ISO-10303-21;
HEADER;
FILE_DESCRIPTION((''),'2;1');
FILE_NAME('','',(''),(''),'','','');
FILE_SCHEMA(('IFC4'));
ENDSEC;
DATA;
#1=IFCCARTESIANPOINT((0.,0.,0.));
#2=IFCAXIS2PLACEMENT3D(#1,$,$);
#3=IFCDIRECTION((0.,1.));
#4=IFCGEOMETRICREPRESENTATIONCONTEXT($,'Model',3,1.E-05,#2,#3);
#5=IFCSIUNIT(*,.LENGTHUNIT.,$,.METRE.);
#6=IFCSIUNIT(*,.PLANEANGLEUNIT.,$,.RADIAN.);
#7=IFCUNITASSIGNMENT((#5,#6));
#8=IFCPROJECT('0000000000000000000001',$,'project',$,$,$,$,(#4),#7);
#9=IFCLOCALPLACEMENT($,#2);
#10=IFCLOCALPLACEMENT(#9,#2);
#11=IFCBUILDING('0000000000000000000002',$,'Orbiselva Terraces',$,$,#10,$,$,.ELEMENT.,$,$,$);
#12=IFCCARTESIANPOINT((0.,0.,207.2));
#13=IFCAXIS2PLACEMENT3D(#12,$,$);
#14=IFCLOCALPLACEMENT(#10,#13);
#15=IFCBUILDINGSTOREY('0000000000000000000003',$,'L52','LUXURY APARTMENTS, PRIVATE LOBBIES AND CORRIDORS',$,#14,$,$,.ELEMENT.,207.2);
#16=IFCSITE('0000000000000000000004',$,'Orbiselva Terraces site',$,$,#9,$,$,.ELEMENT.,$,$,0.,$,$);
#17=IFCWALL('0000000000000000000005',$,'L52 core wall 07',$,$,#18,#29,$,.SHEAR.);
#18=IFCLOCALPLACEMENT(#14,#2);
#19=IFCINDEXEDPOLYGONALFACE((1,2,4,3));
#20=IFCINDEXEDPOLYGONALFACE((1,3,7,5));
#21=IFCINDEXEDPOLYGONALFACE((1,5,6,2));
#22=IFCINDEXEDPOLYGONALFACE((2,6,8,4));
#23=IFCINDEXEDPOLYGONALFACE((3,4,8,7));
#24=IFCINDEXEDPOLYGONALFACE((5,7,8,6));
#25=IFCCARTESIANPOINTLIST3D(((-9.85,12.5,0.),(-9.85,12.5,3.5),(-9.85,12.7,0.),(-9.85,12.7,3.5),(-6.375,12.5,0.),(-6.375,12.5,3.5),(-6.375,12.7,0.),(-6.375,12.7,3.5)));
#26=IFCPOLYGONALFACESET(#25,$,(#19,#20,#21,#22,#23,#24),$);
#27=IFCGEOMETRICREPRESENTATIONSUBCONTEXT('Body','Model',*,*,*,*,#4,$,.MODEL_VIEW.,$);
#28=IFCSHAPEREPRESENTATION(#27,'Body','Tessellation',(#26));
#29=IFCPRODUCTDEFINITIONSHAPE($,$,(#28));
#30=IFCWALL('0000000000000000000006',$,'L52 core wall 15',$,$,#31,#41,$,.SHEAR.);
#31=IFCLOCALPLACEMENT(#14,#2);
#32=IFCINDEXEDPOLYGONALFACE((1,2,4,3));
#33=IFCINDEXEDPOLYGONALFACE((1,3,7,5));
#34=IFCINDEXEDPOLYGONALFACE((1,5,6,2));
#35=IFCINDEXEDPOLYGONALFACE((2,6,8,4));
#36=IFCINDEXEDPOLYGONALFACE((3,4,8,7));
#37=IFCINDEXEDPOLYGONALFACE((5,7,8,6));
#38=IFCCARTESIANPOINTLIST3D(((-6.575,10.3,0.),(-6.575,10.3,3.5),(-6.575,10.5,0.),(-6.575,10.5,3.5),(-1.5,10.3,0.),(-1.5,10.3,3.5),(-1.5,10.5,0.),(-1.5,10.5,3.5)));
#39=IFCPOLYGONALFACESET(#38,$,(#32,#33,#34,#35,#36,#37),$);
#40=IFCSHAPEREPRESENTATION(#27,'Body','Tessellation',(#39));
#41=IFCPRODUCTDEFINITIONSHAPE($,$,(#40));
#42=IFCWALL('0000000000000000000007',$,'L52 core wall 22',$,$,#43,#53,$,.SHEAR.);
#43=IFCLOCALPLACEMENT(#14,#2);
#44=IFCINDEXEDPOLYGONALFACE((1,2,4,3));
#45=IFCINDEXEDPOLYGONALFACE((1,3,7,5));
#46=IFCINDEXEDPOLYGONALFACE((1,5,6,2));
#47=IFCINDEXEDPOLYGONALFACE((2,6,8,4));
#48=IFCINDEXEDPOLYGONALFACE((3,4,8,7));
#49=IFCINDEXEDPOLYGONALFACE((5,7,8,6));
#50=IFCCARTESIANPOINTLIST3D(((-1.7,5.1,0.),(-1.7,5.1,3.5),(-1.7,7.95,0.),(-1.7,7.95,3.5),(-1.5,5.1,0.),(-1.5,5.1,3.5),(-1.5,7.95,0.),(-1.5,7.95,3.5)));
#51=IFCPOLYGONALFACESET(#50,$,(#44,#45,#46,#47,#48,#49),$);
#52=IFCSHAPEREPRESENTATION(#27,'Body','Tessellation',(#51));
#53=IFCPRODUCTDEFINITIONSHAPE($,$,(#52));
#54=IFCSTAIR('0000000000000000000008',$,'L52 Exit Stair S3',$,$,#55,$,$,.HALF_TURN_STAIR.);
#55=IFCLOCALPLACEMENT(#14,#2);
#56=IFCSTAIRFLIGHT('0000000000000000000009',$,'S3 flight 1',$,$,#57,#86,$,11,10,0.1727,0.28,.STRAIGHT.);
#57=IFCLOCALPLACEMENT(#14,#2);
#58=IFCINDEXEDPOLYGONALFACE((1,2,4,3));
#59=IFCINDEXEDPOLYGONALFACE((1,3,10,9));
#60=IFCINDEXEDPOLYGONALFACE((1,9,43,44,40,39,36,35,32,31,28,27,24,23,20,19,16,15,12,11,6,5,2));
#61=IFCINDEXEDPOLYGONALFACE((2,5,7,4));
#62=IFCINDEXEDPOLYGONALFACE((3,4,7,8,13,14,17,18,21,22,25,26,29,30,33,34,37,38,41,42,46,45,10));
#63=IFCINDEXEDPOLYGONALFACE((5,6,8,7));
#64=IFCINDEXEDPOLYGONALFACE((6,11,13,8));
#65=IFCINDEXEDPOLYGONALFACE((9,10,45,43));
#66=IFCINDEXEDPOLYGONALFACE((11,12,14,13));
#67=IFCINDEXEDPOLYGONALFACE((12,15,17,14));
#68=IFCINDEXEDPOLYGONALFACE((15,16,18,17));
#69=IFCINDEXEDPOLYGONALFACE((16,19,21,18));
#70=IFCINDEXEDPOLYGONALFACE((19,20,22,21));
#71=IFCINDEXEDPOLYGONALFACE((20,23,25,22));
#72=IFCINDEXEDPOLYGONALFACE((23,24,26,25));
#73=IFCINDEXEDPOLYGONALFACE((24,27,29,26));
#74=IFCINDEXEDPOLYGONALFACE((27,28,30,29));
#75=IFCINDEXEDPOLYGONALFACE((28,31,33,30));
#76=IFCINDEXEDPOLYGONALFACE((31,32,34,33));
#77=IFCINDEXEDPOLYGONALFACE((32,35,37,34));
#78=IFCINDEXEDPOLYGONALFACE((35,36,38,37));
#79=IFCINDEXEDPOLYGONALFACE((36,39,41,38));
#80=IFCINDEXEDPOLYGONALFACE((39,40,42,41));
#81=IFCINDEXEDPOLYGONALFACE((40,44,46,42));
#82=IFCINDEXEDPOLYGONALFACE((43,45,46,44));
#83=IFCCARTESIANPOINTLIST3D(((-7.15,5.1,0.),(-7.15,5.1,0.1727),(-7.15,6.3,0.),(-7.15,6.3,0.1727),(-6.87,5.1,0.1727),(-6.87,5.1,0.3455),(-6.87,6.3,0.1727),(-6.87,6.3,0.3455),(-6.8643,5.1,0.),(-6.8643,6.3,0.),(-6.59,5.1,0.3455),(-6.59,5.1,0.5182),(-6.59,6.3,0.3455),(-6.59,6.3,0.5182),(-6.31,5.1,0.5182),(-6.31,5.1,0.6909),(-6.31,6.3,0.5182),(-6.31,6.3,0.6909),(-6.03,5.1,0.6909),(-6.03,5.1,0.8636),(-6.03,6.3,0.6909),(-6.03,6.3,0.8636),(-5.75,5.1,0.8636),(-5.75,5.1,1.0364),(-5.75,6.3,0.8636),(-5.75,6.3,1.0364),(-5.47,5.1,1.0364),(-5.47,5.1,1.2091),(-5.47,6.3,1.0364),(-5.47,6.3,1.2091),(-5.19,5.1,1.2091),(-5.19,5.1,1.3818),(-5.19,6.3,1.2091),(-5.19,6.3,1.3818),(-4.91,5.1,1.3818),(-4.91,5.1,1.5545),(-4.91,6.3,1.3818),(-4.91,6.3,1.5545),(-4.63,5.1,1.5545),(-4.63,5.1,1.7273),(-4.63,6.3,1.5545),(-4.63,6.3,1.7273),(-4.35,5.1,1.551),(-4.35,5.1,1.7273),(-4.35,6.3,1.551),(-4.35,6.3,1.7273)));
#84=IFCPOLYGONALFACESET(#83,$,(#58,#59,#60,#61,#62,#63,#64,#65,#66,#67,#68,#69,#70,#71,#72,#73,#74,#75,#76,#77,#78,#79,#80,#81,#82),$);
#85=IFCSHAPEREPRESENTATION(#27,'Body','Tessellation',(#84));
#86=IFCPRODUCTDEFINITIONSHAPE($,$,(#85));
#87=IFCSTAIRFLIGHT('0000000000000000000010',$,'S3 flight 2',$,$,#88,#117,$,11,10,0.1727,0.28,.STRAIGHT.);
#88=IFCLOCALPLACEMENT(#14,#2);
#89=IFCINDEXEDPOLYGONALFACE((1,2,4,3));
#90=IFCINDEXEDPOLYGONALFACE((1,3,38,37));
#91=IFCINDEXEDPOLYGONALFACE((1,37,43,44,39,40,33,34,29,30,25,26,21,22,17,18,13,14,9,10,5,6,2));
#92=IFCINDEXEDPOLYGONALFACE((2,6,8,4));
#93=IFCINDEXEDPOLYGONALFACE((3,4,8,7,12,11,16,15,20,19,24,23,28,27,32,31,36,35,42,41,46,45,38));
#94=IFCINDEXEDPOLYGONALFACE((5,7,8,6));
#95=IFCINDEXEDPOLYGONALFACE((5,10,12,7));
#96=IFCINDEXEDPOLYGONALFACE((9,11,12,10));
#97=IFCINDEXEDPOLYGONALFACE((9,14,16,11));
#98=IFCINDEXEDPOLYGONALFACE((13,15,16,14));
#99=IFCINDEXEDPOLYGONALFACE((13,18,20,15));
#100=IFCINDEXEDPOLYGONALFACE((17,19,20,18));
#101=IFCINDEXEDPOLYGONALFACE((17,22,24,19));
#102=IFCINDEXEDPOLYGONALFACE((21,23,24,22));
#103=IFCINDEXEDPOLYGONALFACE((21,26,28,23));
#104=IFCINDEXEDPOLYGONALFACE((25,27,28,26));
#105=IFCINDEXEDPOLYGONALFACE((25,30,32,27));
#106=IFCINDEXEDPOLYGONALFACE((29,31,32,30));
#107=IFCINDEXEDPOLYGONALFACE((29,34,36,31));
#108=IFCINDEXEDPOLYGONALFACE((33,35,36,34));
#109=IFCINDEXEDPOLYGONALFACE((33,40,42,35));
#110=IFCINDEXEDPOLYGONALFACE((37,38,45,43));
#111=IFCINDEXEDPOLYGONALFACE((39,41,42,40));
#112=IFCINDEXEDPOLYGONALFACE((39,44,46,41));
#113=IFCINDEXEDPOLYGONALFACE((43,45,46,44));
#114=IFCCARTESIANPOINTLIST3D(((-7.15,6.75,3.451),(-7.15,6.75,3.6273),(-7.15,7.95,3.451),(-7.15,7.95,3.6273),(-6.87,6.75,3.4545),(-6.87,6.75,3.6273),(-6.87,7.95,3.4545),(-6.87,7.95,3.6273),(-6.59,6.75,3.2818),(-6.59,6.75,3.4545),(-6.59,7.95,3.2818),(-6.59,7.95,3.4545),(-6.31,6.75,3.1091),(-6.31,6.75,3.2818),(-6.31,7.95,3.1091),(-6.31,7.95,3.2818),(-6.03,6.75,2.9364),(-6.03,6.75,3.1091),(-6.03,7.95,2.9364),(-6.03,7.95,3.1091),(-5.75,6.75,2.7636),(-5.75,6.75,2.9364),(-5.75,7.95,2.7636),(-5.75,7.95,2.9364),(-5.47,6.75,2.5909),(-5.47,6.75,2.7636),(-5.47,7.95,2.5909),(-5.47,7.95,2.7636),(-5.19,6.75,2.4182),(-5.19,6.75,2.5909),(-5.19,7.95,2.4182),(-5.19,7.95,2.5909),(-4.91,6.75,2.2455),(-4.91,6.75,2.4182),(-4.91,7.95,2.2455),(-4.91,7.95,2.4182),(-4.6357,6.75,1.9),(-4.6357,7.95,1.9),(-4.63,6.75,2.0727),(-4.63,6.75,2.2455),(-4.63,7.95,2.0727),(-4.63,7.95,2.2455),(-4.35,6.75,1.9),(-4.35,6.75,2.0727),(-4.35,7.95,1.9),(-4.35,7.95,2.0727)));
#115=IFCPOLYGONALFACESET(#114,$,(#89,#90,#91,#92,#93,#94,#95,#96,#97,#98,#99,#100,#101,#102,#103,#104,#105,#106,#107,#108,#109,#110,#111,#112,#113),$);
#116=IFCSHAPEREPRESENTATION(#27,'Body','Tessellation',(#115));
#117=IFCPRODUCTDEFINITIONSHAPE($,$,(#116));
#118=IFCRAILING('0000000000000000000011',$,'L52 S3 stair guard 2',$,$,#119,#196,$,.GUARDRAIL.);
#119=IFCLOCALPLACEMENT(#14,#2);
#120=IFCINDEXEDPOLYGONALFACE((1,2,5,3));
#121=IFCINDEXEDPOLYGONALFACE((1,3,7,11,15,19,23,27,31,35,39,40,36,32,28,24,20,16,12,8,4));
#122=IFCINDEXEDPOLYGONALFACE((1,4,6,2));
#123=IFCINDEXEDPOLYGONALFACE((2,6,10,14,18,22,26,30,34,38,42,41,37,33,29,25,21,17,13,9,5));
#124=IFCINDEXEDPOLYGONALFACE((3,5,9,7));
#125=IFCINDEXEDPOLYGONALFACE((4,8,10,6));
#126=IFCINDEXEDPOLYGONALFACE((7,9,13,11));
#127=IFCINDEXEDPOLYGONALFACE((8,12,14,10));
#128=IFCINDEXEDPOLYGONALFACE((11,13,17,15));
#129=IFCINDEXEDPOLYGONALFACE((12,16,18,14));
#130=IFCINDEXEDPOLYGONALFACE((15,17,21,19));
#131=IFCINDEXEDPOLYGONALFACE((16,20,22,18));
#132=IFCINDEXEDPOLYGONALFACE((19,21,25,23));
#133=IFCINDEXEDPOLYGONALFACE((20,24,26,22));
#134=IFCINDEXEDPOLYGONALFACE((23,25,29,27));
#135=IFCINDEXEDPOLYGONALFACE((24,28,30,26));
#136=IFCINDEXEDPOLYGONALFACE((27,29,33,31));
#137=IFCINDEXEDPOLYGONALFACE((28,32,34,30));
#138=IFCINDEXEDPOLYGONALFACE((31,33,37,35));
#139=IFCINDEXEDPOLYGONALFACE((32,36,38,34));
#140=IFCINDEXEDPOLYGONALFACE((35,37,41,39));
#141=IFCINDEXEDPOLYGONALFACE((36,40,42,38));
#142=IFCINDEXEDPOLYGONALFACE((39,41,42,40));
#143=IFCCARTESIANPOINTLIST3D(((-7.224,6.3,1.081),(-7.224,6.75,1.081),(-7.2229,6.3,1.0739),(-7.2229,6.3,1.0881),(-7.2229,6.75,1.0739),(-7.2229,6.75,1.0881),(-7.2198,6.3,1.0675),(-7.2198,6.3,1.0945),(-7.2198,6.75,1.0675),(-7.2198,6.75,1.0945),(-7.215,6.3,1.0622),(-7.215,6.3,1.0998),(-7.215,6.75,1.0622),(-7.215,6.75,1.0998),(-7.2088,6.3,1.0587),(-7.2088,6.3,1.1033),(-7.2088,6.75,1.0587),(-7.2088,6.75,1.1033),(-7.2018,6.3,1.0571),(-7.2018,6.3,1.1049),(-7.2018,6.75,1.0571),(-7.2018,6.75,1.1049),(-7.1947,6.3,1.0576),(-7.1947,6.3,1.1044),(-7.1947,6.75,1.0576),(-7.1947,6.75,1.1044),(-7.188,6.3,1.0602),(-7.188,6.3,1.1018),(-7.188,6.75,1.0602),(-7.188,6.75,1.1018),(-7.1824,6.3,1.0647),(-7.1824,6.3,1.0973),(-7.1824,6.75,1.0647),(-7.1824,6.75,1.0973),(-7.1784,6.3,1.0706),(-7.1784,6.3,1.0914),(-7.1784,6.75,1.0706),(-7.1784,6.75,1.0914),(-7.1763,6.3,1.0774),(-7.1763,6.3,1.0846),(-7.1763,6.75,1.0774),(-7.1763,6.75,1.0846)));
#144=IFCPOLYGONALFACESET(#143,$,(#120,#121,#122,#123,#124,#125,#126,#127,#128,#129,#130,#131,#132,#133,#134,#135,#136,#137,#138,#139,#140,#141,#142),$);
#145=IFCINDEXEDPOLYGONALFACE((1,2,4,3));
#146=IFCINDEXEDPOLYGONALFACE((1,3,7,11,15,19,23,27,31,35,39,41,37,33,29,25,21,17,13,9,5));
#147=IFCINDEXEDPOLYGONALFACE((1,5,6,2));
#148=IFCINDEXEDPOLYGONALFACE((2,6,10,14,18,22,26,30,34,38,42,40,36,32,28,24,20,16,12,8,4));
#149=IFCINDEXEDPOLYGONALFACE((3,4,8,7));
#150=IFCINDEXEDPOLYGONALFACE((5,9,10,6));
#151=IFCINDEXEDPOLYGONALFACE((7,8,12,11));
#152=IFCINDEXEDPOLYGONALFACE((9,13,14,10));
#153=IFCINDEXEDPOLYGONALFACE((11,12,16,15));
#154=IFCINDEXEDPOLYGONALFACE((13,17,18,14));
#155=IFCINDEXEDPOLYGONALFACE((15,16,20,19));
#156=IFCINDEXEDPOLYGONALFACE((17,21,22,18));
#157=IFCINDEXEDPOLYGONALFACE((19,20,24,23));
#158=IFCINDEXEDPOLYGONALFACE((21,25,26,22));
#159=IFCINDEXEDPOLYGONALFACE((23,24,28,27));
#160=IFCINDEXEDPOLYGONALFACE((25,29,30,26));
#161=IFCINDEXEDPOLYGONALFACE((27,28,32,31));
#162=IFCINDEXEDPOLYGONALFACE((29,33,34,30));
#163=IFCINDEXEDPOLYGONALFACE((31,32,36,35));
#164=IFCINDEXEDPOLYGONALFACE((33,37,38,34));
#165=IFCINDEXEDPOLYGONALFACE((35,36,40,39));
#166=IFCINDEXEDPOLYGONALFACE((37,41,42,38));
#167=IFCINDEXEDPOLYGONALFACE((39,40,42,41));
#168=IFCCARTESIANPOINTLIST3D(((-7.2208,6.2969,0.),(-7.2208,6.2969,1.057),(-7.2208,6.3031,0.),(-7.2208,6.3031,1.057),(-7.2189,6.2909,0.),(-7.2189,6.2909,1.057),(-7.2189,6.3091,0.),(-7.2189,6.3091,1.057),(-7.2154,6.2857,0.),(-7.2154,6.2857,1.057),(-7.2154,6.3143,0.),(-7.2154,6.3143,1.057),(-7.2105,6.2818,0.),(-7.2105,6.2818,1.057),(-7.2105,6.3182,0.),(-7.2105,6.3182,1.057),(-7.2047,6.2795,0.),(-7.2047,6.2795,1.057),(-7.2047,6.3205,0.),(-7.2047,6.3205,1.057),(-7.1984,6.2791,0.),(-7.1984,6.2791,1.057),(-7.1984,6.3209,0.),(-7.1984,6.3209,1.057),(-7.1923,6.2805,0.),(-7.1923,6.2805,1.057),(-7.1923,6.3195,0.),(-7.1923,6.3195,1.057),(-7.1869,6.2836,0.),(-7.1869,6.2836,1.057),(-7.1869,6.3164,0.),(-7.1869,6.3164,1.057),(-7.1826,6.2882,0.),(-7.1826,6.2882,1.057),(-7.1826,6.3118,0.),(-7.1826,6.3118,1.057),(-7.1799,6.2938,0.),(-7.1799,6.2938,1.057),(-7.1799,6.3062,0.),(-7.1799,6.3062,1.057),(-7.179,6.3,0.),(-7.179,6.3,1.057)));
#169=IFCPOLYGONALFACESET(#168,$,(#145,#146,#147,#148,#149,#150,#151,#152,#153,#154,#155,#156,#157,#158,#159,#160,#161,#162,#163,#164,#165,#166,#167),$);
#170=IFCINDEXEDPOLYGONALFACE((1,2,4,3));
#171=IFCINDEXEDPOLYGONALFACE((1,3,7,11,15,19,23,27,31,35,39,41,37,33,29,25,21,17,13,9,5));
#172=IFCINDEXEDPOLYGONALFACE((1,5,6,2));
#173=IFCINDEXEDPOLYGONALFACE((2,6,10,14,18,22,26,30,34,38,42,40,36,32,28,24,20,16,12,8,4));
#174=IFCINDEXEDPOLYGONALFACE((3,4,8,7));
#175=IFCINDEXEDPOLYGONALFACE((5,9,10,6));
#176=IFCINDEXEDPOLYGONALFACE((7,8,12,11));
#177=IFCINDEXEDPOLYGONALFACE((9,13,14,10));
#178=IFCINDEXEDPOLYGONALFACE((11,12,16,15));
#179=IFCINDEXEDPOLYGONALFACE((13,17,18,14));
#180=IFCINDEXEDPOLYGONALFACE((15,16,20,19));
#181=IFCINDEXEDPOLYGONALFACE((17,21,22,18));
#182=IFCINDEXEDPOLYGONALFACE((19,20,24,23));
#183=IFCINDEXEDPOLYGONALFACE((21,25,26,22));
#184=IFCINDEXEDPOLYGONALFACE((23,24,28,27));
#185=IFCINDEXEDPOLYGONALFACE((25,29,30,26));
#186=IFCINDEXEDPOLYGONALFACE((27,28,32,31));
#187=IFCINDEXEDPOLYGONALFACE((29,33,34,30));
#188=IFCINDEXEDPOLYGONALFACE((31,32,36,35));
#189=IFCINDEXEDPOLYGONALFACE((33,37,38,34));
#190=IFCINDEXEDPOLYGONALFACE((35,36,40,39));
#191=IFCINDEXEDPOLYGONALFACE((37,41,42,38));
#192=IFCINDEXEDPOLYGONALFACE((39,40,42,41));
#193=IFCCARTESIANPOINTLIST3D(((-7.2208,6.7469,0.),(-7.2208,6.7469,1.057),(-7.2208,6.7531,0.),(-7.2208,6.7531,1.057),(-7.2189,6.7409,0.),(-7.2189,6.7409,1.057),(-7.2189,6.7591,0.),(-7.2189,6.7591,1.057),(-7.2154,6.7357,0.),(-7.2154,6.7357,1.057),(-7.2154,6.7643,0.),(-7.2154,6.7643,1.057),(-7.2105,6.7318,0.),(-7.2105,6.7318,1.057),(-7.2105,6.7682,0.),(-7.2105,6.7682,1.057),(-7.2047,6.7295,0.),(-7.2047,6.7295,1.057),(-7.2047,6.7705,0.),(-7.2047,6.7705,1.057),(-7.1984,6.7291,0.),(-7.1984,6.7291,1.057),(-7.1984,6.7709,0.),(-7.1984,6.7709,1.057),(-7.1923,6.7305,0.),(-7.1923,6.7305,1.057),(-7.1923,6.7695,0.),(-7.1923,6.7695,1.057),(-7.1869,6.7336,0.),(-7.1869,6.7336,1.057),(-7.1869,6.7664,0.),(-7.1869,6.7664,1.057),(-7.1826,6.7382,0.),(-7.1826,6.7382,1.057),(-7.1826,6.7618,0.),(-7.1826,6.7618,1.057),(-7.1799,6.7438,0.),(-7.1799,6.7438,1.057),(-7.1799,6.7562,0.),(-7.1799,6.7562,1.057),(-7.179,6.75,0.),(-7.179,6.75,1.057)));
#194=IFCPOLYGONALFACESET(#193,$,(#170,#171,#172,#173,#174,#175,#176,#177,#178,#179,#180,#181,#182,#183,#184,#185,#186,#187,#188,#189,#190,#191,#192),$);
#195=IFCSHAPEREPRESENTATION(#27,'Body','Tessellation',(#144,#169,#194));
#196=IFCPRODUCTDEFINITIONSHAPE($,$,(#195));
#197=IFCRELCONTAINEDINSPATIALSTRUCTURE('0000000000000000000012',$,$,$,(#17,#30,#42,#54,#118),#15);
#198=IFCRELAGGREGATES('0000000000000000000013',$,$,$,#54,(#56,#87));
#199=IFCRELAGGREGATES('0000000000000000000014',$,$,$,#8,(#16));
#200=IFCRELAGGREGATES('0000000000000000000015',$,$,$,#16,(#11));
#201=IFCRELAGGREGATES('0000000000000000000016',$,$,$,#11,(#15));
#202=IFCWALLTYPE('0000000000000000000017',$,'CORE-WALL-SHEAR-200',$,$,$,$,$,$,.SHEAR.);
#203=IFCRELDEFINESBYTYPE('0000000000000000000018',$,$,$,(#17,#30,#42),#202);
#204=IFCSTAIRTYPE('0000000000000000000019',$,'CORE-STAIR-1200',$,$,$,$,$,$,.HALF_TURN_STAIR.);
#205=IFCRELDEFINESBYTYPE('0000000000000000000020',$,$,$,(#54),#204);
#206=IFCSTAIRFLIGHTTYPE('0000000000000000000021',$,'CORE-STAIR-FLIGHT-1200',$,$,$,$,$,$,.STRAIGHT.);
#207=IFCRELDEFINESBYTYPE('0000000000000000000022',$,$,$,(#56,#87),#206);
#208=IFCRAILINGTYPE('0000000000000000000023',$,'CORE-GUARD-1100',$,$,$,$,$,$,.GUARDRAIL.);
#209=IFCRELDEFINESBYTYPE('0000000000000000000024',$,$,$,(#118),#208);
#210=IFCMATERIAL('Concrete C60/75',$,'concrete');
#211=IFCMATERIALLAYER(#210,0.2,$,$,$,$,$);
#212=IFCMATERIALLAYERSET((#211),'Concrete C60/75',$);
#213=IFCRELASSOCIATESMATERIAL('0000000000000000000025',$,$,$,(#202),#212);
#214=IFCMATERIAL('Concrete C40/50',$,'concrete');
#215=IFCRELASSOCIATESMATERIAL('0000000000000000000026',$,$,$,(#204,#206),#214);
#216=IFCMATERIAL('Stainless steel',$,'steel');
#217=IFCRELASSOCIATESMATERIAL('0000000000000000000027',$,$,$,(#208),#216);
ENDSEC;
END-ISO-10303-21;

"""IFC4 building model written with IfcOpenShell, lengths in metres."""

from ifc_helpers import new_model, si_unit, direction, frame, frame_2d, origin, origin_2d, place, context, subcontext, project, spatial, polyline, rectangle, circle, outline, extrude, material, layer, layer_set, type_object, element, aggregate, save


model = new_model("IFC4")

# Units and contexts
model_context = context("Model", 3, precision=1e-05, world=origin(), true_north=direction((0.0, 1.0)))
body_context = subcontext(model_context, "Body", "Model", "MODEL_VIEW")
ifc_project = project(units=[si_unit("LENGTHUNIT", "METRE"), si_unit("PLANEANGLEUNIT", "RADIAN")], contexts=[model_context])

# Site, building, storey
site_placement = place(None, origin())
site = spatial("IfcSite", under=ifc_project, at=site_placement, Name="Orbiselva Terraces site", CompositionType="ELEMENT", RefElevation=0.0)
building_placement = place(site_placement, origin())
building = spatial("IfcBuilding", under=site, at=building_placement, Name="Orbiselva Terraces", CompositionType="ELEMENT")
storey_placement = place(building_placement, frame((0.0, 0.0, 207.2)))
storey = spatial("IfcBuildingStorey", under=building, at=storey_placement, Name="L52", Description="LUXURY APARTMENTS, PRIVATE LOBBIES AND CORRIDORS", CompositionType="ELEMENT", Elevation=207.2)

# Walls
ifc_material_1 = material(Name="Concrete C60/75", Category="concrete")
ifc_layer_1 = layer(ifc_material_1, 0.2)
ifc_layer_set_1 = layer_set([ifc_layer_1], Name="Concrete C60/75")
wall_type_1 = type_object("IfcWallType", Name="CORE-WALL-SHEAR-200", PredefinedType="SHEAR", material=ifc_layer_set_1)
wall_1_placement = place(storey_placement, frame((-9.85, 12.6, 0.0), z_axis=(0.0, 0.0, 1.0), x_axis=(1.0, 0.0, 0.0)))
element("IfcWall", 1, at=wall_1_placement, inside=storey, type_object=wall_type_1, Name="L52 core wall 07", PredefinedType="SHEAR", context=body_context, shape_type="SweptSolid", body=[
    extrude(rectangle(XDim=3.475, YDim=0.2, at=frame_2d((1.7375, 0.0))), origin(), (0.0, 0.0, 1.0), 3.5),
])
wall_2_placement = place(storey_placement, frame((-6.575, 10.4, 0.0), z_axis=(0.0, 0.0, 1.0), x_axis=(1.0, 0.0, 0.0)))
element("IfcWall", 2, at=wall_2_placement, inside=storey, type_object=wall_type_1, Name="L52 core wall 15", PredefinedType="SHEAR", context=body_context, shape_type="SweptSolid", body=[
    extrude(rectangle(XDim=5.075, YDim=0.2, at=frame_2d((2.5375, 0.0))), origin(), (0.0, 0.0, 1.0), 3.5),
])
wall_3_placement = place(storey_placement, frame((-1.6, 5.1, 0.0), z_axis=(0.0, 0.0, 1.0), x_axis=(0.0, 1.0, 0.0)))
element("IfcWall", 3, at=wall_3_placement, inside=storey, type_object=wall_type_1, Name="L52 core wall 22", PredefinedType="SHEAR", context=body_context, shape_type="SweptSolid", body=[
    extrude(rectangle(XDim=2.85, YDim=0.2, at=frame_2d((1.425, 0.0))), origin(), (0.0, 0.0, 1.0), 3.5),
])

# Stair, stair flights
ifc_material_2 = material(Name="Concrete C40/50", Category="concrete")
stair_type = type_object("IfcStairType", Name="CORE-STAIR-1200", PredefinedType="HALF_TURN_STAIR", material=ifc_material_2)
stair_placement = place(storey_placement, origin())
stair = element("IfcStair", 4, at=stair_placement, inside=storey, type_object=stair_type, Name="L52 Exit Stair S3", PredefinedType="HALF_TURN_STAIR")
stair_flight_type = type_object("IfcStairFlightType", Name="CORE-STAIR-FLIGHT-1200", PredefinedType="STRAIGHT", material=ifc_material_2)
stair_flight_1_placement = place(storey_placement, frame((-7.15, 5.7, 0.0), z_axis=(0.0, 0.0, 1.0), x_axis=(1.0, 0.0, 0.0)))
stair_flight_1 = element("IfcStairFlight", 5, at=stair_flight_1_placement, type_object=stair_flight_type, Name="S3 flight 1", NumberOfRisers=11, NumberOfTreads=10, PredefinedType="STRAIGHT", RiserHeight=0.1727, TreadLength=0.28, context=body_context, shape_type="SweptSolid", body=[
    extrude(outline(polyline([(0.0, 0.0), (0.0, 0.1727), (0.28, 0.1727), (0.28, 0.3455), (0.56, 0.3455), (0.56, 0.5182), (0.84, 0.5182), (0.84, 0.6909), (1.12, 0.6909), (1.12, 0.8636), (1.4, 0.8636), (1.4, 1.0364), (1.68, 1.0364), (1.68, 1.2091), (1.96, 1.2091), (1.96, 1.3818), (2.24, 1.3818), (2.24, 1.5545), (2.52, 1.5545), (2.52, 1.7273), (2.8, 1.7273), (2.8, 1.9), (2.8, 1.551), (0.2857, 0.0), (0.0, 0.0)])), frame((0.0, 0.6, 0.0), z_axis=(0.0, -1.0, 0.0), x_axis=(1.0, 0.0, 0.0)), (0.0, 0.0, 1.0), 1.2),
])
stair_flight_2_placement = place(storey_placement, frame((-4.35, 7.35, 1.9), z_axis=(0.0, 0.0, 1.0), x_axis=(-1.0, 0.0, 0.0)))
stair_flight_2 = element("IfcStairFlight", 6, at=stair_flight_2_placement, type_object=stair_flight_type, Name="S3 flight 2", NumberOfRisers=11, NumberOfTreads=10, PredefinedType="STRAIGHT", RiserHeight=0.1727, TreadLength=0.28, context=body_context, shape_type="SweptSolid", body=[
    extrude(outline(polyline([(0.0, 0.0), (0.0, 0.1727), (0.28, 0.1727), (0.28, 0.3455), (0.56, 0.3455), (0.56, 0.5182), (0.84, 0.5182), (0.84, 0.6909), (1.12, 0.6909), (1.12, 0.8636), (1.4, 0.8636), (1.4, 1.0364), (1.68, 1.0364), (1.68, 1.2091), (1.96, 1.2091), (1.96, 1.3818), (2.24, 1.3818), (2.24, 1.5545), (2.52, 1.5545), (2.52, 1.7273), (2.8, 1.7273), (2.8, 1.9), (2.8, 1.551), (0.2857, 0.0), (0.0, 0.0)])), frame((0.0, 0.6, 0.0), z_axis=(0.0, -1.0, 0.0), x_axis=(1.0, 0.0, 0.0)), (0.0, 0.0, 1.0), 1.2),
])
aggregate(stair, [stair_flight_1, stair_flight_2])

# Railing
ifc_material_3 = material(Name="Stainless steel", Category="steel")
railing_type_1 = type_object("IfcRailingType", Name="CORE-GUARD-1100", PredefinedType="GUARDRAIL", material=ifc_material_3)
railing_1_placement = place(storey_placement, frame((-7.2, 6.3, 0.0)))
element("IfcRailing", 7, at=railing_1_placement, inside=storey, type_object=railing_type_1, Name="L52 S3 stair guard 2", PredefinedType="GUARDRAIL", context=body_context, shape_type="SweptSolid", body=[
    extrude(circle(Radius=0.024, at=origin_2d()), frame((0.0, 0.0, 1.081), z_axis=(0.0, 1.0, 0.0), x_axis=(-1.0, 0.0, 0.0)), (0.0, 0.0, 1.0), 0.45),
    extrude(circle(Radius=0.021, at=origin_2d()), origin(), (0.0, 0.0, 1.0), 1.057),
    extrude(circle(Radius=0.021, at=origin_2d()), frame((0.0, 0.45, 0.0)), (0.0, 0.0, 1.0), 1.057),
])

save(model, "model.ifc")
